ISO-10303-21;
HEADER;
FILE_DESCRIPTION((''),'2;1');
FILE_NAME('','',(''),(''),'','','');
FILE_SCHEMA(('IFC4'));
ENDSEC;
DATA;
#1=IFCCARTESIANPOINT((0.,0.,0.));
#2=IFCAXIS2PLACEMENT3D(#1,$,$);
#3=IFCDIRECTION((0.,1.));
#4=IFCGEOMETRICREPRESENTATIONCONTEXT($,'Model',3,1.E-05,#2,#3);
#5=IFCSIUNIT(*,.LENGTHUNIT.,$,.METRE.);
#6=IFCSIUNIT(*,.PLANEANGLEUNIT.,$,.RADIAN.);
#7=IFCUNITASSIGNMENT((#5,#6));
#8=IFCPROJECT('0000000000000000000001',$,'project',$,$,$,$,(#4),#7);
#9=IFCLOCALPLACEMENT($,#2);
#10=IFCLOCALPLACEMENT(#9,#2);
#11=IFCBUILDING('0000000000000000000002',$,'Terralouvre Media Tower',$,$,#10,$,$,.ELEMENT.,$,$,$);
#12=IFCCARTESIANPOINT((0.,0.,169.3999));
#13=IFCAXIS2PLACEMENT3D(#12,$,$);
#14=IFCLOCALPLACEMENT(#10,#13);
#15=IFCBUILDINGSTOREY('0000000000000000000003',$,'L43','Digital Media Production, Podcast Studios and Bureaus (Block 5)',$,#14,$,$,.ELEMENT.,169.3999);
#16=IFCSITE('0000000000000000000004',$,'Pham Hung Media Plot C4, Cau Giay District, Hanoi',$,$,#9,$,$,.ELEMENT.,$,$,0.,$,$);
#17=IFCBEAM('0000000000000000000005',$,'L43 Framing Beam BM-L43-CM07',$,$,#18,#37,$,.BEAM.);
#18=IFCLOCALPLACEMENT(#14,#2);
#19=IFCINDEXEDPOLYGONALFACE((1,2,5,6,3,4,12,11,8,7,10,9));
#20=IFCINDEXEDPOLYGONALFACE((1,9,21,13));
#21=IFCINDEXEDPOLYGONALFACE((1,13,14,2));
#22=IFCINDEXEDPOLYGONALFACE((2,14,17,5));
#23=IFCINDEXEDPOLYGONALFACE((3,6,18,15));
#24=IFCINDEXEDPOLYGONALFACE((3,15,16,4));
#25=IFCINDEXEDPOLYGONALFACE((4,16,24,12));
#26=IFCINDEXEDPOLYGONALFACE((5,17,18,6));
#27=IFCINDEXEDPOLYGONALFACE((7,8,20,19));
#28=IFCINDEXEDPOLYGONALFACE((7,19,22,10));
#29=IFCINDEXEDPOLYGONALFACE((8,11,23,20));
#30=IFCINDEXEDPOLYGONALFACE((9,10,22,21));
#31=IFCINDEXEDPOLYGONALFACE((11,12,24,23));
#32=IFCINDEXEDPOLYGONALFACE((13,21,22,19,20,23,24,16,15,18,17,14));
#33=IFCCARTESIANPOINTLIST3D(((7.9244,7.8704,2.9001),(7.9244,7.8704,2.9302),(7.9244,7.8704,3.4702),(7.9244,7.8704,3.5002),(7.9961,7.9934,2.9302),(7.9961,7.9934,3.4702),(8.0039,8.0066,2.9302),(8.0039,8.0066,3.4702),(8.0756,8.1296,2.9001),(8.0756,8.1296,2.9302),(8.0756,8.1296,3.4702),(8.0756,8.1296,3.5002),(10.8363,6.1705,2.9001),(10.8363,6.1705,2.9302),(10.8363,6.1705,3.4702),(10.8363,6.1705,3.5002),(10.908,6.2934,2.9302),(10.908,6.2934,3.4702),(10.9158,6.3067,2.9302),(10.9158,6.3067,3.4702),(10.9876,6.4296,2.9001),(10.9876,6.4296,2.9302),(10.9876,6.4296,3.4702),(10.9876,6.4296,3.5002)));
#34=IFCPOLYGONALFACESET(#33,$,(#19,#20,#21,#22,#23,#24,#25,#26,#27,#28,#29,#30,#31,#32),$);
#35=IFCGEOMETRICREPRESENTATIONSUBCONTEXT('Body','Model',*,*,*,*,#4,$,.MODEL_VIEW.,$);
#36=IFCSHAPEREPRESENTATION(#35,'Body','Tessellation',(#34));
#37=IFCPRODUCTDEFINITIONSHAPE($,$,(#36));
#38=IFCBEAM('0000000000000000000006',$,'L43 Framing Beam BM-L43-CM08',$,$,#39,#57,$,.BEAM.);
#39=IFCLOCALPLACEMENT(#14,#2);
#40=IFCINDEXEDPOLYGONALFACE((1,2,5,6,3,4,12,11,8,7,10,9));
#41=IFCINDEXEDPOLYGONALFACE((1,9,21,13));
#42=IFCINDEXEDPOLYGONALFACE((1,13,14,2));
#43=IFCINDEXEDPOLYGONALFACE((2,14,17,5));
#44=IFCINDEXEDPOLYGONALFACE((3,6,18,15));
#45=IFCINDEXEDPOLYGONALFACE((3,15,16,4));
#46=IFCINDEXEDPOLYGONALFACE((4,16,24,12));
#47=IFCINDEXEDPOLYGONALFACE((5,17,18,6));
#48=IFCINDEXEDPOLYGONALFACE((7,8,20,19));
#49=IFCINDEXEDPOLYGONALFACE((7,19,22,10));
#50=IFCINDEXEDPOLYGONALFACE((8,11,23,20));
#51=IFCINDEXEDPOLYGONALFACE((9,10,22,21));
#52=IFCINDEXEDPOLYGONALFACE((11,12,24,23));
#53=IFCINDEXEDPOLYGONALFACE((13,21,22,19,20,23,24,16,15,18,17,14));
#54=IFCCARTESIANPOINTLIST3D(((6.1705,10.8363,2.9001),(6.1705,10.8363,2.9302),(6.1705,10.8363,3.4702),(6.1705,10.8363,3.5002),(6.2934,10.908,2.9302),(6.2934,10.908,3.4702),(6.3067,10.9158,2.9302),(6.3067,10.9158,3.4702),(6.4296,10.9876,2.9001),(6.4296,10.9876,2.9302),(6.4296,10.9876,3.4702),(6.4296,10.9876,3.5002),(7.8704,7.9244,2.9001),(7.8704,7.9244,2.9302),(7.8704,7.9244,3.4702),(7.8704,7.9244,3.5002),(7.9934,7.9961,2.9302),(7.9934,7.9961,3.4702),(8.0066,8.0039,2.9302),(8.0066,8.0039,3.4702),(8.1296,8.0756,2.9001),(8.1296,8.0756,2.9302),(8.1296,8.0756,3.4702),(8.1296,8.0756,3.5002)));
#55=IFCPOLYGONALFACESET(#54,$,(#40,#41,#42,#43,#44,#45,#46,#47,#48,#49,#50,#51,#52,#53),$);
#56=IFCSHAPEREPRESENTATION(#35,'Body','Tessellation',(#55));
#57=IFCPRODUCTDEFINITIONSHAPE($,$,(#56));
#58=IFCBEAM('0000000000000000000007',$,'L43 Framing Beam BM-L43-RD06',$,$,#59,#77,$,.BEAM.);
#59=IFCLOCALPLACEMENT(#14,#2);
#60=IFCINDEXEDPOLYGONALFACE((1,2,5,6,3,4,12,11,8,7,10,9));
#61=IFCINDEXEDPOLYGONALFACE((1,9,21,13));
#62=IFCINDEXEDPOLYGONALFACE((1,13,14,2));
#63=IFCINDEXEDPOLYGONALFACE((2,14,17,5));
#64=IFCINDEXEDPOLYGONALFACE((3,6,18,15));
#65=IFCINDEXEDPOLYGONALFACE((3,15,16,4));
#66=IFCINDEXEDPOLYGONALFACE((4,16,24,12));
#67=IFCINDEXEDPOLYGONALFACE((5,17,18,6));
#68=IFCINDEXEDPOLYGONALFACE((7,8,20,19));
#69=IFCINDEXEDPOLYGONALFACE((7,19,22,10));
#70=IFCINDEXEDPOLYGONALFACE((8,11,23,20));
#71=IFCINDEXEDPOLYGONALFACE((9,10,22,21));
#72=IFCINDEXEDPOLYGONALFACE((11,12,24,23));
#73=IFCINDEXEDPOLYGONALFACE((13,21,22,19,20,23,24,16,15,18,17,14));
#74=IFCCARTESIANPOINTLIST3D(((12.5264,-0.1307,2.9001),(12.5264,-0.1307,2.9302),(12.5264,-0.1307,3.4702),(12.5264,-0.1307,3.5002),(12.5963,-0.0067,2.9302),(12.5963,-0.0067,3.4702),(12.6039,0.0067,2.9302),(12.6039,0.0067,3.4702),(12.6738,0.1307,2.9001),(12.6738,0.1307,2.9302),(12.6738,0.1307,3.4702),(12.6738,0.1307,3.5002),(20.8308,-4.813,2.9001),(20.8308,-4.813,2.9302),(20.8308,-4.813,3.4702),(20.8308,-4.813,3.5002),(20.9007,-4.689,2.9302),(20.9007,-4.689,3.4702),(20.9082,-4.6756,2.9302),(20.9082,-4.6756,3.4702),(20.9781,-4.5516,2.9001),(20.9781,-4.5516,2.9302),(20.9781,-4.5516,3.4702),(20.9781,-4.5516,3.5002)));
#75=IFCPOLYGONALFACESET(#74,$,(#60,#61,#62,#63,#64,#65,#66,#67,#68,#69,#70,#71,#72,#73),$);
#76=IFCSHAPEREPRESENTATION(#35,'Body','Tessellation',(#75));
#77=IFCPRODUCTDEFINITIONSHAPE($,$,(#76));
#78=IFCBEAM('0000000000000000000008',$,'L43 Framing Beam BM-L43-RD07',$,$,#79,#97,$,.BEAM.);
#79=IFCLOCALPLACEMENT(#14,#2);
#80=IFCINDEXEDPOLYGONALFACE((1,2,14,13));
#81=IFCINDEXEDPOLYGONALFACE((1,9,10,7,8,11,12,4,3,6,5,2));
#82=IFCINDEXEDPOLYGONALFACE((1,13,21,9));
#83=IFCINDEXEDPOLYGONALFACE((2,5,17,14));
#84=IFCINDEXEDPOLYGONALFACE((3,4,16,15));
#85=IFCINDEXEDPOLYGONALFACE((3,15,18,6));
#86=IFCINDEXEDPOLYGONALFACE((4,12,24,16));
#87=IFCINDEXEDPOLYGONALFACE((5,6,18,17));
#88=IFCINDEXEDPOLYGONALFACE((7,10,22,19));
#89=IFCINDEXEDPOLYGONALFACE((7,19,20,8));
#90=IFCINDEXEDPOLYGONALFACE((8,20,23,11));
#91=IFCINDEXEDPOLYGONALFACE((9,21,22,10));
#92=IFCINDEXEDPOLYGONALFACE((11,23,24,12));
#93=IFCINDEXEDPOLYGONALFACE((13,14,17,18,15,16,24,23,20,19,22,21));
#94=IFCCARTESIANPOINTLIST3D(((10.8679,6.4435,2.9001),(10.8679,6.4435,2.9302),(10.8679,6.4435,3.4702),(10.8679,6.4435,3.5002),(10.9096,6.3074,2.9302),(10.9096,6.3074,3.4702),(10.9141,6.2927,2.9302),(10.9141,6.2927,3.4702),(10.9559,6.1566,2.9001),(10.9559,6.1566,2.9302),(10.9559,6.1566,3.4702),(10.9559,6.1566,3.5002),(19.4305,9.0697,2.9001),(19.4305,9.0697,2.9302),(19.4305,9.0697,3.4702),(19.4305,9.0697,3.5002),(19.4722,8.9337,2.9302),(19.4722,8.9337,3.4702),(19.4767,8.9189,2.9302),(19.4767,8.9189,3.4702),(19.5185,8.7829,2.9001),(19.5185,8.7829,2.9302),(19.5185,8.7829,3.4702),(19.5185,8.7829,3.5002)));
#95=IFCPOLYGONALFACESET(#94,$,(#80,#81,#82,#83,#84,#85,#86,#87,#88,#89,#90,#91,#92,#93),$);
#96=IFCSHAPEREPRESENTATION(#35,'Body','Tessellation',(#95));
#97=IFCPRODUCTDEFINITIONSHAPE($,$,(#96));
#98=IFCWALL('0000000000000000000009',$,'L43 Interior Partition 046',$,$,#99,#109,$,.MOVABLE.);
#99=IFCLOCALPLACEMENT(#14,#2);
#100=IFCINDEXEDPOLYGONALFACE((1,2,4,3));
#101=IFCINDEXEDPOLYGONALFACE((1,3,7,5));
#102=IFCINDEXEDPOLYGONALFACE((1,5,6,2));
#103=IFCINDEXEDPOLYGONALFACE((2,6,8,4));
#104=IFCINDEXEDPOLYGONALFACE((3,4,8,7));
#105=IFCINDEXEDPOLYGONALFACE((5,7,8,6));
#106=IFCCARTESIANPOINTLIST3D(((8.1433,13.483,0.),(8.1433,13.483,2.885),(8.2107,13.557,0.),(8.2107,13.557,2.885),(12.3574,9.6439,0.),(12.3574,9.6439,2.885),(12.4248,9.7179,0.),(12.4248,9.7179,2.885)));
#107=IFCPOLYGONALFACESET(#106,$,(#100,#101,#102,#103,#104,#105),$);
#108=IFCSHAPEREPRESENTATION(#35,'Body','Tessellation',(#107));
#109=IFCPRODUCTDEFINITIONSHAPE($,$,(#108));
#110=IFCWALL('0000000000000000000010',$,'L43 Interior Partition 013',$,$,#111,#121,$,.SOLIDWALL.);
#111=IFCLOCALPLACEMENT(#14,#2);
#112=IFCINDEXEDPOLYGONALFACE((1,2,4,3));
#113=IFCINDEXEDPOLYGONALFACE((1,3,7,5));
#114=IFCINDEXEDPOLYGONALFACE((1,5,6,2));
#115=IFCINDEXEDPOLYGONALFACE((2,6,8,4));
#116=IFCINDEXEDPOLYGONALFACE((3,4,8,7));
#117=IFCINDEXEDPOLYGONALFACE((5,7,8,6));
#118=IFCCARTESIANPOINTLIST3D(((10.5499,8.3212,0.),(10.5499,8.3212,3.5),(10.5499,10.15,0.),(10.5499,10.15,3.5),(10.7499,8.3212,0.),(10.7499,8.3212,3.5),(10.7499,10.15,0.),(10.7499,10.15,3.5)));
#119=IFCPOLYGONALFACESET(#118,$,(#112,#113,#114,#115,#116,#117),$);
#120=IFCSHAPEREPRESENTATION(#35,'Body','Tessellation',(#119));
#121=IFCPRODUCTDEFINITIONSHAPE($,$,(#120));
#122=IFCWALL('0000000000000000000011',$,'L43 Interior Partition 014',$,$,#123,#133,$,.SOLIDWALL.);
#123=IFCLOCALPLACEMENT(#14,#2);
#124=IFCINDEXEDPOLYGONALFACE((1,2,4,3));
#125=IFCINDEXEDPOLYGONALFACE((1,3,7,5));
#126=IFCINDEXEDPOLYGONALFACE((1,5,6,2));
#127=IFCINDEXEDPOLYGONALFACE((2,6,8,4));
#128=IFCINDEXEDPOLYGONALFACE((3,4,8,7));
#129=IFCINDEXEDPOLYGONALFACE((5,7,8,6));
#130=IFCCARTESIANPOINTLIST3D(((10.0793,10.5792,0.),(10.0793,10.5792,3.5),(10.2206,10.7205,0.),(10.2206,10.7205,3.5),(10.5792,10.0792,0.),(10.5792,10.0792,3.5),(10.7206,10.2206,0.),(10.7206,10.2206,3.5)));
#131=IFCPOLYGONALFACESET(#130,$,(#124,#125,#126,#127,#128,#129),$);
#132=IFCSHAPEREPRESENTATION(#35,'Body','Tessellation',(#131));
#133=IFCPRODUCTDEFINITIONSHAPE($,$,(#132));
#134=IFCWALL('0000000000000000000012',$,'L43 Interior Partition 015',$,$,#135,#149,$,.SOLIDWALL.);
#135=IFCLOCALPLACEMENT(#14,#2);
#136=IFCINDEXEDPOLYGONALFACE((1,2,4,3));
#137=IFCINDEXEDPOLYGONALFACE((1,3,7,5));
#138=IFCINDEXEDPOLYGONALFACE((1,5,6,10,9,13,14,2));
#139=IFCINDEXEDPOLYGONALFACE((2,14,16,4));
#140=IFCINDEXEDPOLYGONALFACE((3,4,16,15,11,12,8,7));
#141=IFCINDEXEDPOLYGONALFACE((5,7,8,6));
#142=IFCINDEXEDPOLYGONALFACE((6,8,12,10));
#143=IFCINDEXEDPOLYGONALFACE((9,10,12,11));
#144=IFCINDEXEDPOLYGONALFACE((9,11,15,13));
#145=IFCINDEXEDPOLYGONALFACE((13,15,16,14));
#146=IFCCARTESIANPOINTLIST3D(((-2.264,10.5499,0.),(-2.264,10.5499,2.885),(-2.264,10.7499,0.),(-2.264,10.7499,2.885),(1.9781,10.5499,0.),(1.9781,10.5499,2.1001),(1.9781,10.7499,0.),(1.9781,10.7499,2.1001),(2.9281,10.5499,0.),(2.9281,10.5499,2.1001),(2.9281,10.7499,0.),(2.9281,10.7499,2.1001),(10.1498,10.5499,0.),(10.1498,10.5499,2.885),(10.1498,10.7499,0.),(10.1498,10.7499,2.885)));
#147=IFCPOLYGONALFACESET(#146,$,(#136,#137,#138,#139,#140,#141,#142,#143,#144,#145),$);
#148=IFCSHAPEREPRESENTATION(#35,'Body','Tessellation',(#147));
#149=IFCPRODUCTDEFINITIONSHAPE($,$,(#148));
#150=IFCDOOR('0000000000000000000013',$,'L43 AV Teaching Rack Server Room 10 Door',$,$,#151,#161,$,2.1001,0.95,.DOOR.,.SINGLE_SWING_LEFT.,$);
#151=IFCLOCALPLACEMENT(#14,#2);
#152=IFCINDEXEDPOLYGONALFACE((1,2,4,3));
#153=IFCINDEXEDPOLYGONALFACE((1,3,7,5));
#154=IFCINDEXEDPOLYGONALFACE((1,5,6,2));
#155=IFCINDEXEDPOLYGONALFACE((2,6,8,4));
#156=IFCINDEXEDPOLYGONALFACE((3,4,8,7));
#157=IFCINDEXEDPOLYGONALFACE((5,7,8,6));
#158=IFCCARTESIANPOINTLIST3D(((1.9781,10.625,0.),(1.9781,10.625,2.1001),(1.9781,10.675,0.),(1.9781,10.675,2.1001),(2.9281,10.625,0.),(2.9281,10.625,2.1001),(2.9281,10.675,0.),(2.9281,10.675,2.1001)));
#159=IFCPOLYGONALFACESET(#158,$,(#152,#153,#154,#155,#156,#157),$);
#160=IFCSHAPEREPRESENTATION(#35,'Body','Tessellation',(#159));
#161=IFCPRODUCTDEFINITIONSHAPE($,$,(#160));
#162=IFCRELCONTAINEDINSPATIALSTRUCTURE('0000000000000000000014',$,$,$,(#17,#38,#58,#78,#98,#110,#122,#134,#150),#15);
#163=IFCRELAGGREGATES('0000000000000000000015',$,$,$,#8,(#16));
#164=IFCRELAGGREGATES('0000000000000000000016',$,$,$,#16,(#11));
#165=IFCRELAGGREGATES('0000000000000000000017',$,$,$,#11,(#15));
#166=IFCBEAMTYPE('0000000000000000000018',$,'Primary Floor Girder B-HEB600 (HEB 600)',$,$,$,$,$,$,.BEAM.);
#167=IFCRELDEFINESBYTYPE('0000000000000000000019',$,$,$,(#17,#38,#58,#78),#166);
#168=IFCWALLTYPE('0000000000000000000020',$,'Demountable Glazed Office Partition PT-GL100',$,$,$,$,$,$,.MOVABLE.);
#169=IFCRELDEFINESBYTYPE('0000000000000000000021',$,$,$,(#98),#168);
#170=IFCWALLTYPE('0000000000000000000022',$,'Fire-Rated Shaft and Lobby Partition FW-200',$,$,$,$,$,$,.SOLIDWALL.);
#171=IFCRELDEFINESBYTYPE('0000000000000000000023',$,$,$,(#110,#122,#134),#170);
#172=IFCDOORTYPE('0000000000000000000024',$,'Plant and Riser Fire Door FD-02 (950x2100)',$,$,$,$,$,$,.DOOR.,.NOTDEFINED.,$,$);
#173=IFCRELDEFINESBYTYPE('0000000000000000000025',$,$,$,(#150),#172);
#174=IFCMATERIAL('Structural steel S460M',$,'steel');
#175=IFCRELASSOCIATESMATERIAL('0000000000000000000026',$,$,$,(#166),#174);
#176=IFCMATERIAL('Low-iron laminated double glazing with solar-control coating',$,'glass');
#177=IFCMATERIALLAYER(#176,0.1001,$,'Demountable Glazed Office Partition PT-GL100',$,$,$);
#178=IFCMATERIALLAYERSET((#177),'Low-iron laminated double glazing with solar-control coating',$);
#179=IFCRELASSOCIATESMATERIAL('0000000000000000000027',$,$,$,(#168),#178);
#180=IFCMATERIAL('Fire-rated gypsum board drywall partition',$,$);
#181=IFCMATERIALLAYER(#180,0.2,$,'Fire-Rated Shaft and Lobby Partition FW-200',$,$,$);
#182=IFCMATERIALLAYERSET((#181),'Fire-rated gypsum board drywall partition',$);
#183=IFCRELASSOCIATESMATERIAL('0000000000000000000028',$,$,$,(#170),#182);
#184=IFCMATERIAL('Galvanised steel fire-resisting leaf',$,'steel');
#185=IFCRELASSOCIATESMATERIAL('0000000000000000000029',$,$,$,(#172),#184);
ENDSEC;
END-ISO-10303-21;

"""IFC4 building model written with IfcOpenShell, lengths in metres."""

from ifc_helpers import new_model, si_unit, direction, frame, frame_2d, origin, origin_2d, place, context, subcontext, project, spatial, rectangle, i_section, extrude, material, layer, layer_set, material_profile, profile_set, type_object, element, fill, save


model = new_model("IFC4")

# Units and contexts
model_context = context("Model", 3, precision=1e-05, world=origin(), true_north=direction((0.0, 1.0)))
body_context = subcontext(model_context, "Body", "Model", "MODEL_VIEW")
ifc_project = project(units=[si_unit("LENGTHUNIT", "METRE"), si_unit("PLANEANGLEUNIT", "RADIAN")], contexts=[model_context])

# Site, building, storey
site_placement = place(None, origin())
site = spatial("IfcSite", under=ifc_project, at=site_placement, Name="Pham Hung Media Plot C4, Cau Giay District, Hanoi", CompositionType="ELEMENT", RefElevation=0.0)
building_placement = place(site_placement, origin())
building = spatial("IfcBuilding", under=site, at=building_placement, Name="Terralouvre Media Tower", CompositionType="ELEMENT")
storey_placement = place(building_placement, frame((0.0, 0.0, 169.3999)))
storey = spatial("IfcBuildingStorey", under=building, at=storey_placement, Name="L43", Description="Digital Media Production, Podcast Studios and Bureaus (Block 5)", CompositionType="ELEMENT", Elevation=169.3999)

# Beams
ifc_material_1 = material(Name="Structural steel S460M", Category="steel")
ifc_material_profile_1 = material_profile(ifc_material_1, i_section(OverallWidth=0.3, OverallDepth=0.6001, WebThickness=0.0154, FlangeThickness=0.03, at=origin_2d()), Name="HEB 600")
ifc_profile_set_1 = profile_set([ifc_material_profile_1], Name="Structural steel S460M")
beam_type_1 = type_object("IfcBeamType", Name="Primary Floor Girder B-HEB600 (HEB 600)", PredefinedType="BEAM", material=ifc_profile_set_1)
for number, where, z_axis, x_axis, name in (
    (1, (8.0, 8.0, 3.2002), (0.863603, -0.504173, 0.0), (0.504173, 0.863603, 0.0), "L43 Framing Beam BM-L43-CM07"),
    (2, (8.0, 8.0, 3.2002), (-0.504173, 0.863603, 0.0), (-0.863603, -0.504173, 0.0), "L43 Framing Beam BM-L43-CM08"),
):
    element("IfcBeam", number, at=place(storey_placement, frame(where, z_axis=z_axis, x_axis=x_axis)), inside=storey, type_object=beam_type_1, Name=name, PredefinedType="BEAM", context=body_context, shape_type="SweptSolid", body=[
        extrude(i_section(OverallWidth=0.3, OverallDepth=0.6001, WebThickness=0.0154, FlangeThickness=0.03, at=origin_2d()), origin(), (0.0, 0.0, 1.0), 3.3718),
    ])
beam_1_placement = place(storey_placement, frame((12.6001, 0.0, 3.2002), z_axis=(0.871077, -0.491147, 0.0), x_axis=(0.491147, 0.871077, 0.0)))
element("IfcBeam", 3, at=beam_1_placement, inside=storey, type_object=beam_type_1, Name="L43 Framing Beam BM-L43-RD06", PredefinedType="BEAM", context=body_context, shape_type="SweptSolid", body=[
    extrude(i_section(OverallWidth=0.3, OverallDepth=0.6001, WebThickness=0.0154, FlangeThickness=0.03, at=origin_2d()), origin(), (0.0, 0.0, 1.0), 9.5334),
])
beam_2_placement = place(storey_placement, frame((10.9119, 6.3, 3.2002), z_axis=(0.956042, 0.293229, 0.0), x_axis=(-0.293229, 0.956042, 0.0)))
element("IfcBeam", 4, at=beam_2_placement, inside=storey, type_object=beam_type_1, Name="L43 Framing Beam BM-L43-RD07", PredefinedType="BEAM", context=body_context, shape_type="SweptSolid", body=[
    extrude(i_section(OverallWidth=0.3, OverallDepth=0.6001, WebThickness=0.0154, FlangeThickness=0.03, at=origin_2d()), origin(), (0.0, 0.0, 1.0), 8.9563),
])

# Walls
ifc_material_2 = material(Name="Low-iron laminated double glazing with solar-control coating", Category="glass")
ifc_layer_1 = layer(ifc_material_2, 0.1001, Name="Demountable Glazed Office Partition PT-GL100")
ifc_layer_set_1 = layer_set([ifc_layer_1], Name="Low-iron laminated double glazing with solar-control coating")
wall_type_1 = type_object("IfcWallType", Name="Demountable Glazed Office Partition PT-GL100", PredefinedType="MOVABLE", material=ifc_layer_set_1)
wall_1_placement = place(storey_placement, frame((8.177, 13.52, 0.0), z_axis=(0.0, 0.0, 1.0), x_axis=(0.739232, -0.67345, 0.0)))
element("IfcWall", 5, at=wall_1_placement, inside=storey, type_object=wall_type_1, Name="L43 Interior Partition 046", PredefinedType="MOVABLE", context=body_context, shape_type="SweptSolid", body=[
    extrude(rectangle(XDim=5.7007, YDim=0.1001, at=frame_2d((2.8503, 0.0))), origin(), (0.0, 0.0, 1.0), 2.885),
])
ifc_material_3 = material(Name="Fire-rated gypsum board drywall partition")
ifc_layer_2 = layer(ifc_material_3, 0.2, Name="Fire-Rated Shaft and Lobby Partition FW-200")
ifc_layer_set_2 = layer_set([ifc_layer_2], Name="Fire-rated gypsum board drywall partition")
wall_type_2 = type_object("IfcWallType", Name="Fire-Rated Shaft and Lobby Partition FW-200", PredefinedType="SOLIDWALL", material=ifc_layer_set_2)
wall_2_placement = place(storey_placement, frame((10.6499, 8.321, 0.0), z_axis=(0.0, 0.0, 1.0), x_axis=(0.0, 1.0, 0.0)))
element("IfcWall", 6, at=wall_2_placement, inside=storey, type_object=wall_type_2, Name="L43 Interior Partition 013", PredefinedType="SOLIDWALL", context=body_context, shape_type="SweptSolid", body=[
    extrude(rectangle(XDim=1.8289, YDim=0.2, at=frame_2d((0.9146, 0.0))), origin(), (0.0, 0.0, 1.0), 3.5),
])
wall_3_placement = place(storey_placement, frame((10.6499, 10.1499, 0.0), z_axis=(0.0, 0.0, 1.0), x_axis=(-0.707107, 0.707107, 0.0)))
element("IfcWall", 7, at=wall_3_placement, inside=storey, type_object=wall_type_2, Name="L43 Interior Partition 014", PredefinedType="SOLIDWALL", context=body_context, shape_type="SweptSolid", body=[
    extrude(rectangle(XDim=0.707, YDim=0.2, at=frame_2d((0.3535, 0.0))), origin(), (0.0, 0.0, 1.0), 3.5),
])

# Wall, opening, door
wall_4_placement = place(storey_placement, frame((10.1499, 10.6499, 0.0), z_axis=(0.0, 0.0, 1.0), x_axis=(-1.0, 0.0, 0.0)))
wall_4 = element("IfcWall", 8, at=wall_4_placement, inside=storey, type_object=wall_type_2, Name="L43 Interior Partition 015", PredefinedType="SOLIDWALL", context=body_context, shape_type="SweptSolid", body=[
    extrude(rectangle(XDim=12.4138, YDim=0.2, at=frame_2d((6.207, 0.0))), origin(), (0.0, 0.0, 1.0), 2.885),
])
opening_1_placement = place(wall_4_placement, frame((7.2217, 0.0, 0.0)))
opening_1 = element("IfcOpeningElement", 9, at=opening_1_placement, cuts=wall_4, PredefinedType="OPENING", context=body_context, shape_type="SweptSolid", body=[
    extrude(rectangle(XDim=0.95, YDim=2.1001, at=frame_2d((0.4751, 1.05))), frame((0.0, 0.1099, 0.0), z_axis=(0.0, -1.0, 0.0), x_axis=(1.0, 0.0, 0.0)), (0.0, 0.0, 1.0), 0.22),
])
ifc_material_4 = material(Name="Galvanised steel fire-resisting leaf", Category="steel")
door_type_1 = type_object("IfcDoorType", Name="Plant and Riser Fire Door FD-02 (950x2100)", OperationType="NOTDEFINED", PredefinedType="DOOR", material=ifc_material_4)
door_1_placement = place(opening_1_placement, origin())
door_1 = element("IfcDoor", 10, at=door_1_placement, inside=storey, type_object=door_type_1, Name="L43 AV Teaching Rack Server Room 10 Door", OperationType="SINGLE_SWING_LEFT", OverallHeight=2.1001, OverallWidth=0.95, PredefinedType="DOOR", context=body_context, shape_type="SweptSolid", body=[
    extrude(rectangle(XDim=0.95, YDim=2.1001, at=frame_2d((0.4751, 1.05))), frame((0.0, 0.0249, 0.0), z_axis=(0.0, -1.0, 0.0), x_axis=(1.0, 0.0, 0.0)), (0.0, 0.0, 1.0), 0.05),
])
fill(opening_1, door_1)

save(model, "model.ifc")
